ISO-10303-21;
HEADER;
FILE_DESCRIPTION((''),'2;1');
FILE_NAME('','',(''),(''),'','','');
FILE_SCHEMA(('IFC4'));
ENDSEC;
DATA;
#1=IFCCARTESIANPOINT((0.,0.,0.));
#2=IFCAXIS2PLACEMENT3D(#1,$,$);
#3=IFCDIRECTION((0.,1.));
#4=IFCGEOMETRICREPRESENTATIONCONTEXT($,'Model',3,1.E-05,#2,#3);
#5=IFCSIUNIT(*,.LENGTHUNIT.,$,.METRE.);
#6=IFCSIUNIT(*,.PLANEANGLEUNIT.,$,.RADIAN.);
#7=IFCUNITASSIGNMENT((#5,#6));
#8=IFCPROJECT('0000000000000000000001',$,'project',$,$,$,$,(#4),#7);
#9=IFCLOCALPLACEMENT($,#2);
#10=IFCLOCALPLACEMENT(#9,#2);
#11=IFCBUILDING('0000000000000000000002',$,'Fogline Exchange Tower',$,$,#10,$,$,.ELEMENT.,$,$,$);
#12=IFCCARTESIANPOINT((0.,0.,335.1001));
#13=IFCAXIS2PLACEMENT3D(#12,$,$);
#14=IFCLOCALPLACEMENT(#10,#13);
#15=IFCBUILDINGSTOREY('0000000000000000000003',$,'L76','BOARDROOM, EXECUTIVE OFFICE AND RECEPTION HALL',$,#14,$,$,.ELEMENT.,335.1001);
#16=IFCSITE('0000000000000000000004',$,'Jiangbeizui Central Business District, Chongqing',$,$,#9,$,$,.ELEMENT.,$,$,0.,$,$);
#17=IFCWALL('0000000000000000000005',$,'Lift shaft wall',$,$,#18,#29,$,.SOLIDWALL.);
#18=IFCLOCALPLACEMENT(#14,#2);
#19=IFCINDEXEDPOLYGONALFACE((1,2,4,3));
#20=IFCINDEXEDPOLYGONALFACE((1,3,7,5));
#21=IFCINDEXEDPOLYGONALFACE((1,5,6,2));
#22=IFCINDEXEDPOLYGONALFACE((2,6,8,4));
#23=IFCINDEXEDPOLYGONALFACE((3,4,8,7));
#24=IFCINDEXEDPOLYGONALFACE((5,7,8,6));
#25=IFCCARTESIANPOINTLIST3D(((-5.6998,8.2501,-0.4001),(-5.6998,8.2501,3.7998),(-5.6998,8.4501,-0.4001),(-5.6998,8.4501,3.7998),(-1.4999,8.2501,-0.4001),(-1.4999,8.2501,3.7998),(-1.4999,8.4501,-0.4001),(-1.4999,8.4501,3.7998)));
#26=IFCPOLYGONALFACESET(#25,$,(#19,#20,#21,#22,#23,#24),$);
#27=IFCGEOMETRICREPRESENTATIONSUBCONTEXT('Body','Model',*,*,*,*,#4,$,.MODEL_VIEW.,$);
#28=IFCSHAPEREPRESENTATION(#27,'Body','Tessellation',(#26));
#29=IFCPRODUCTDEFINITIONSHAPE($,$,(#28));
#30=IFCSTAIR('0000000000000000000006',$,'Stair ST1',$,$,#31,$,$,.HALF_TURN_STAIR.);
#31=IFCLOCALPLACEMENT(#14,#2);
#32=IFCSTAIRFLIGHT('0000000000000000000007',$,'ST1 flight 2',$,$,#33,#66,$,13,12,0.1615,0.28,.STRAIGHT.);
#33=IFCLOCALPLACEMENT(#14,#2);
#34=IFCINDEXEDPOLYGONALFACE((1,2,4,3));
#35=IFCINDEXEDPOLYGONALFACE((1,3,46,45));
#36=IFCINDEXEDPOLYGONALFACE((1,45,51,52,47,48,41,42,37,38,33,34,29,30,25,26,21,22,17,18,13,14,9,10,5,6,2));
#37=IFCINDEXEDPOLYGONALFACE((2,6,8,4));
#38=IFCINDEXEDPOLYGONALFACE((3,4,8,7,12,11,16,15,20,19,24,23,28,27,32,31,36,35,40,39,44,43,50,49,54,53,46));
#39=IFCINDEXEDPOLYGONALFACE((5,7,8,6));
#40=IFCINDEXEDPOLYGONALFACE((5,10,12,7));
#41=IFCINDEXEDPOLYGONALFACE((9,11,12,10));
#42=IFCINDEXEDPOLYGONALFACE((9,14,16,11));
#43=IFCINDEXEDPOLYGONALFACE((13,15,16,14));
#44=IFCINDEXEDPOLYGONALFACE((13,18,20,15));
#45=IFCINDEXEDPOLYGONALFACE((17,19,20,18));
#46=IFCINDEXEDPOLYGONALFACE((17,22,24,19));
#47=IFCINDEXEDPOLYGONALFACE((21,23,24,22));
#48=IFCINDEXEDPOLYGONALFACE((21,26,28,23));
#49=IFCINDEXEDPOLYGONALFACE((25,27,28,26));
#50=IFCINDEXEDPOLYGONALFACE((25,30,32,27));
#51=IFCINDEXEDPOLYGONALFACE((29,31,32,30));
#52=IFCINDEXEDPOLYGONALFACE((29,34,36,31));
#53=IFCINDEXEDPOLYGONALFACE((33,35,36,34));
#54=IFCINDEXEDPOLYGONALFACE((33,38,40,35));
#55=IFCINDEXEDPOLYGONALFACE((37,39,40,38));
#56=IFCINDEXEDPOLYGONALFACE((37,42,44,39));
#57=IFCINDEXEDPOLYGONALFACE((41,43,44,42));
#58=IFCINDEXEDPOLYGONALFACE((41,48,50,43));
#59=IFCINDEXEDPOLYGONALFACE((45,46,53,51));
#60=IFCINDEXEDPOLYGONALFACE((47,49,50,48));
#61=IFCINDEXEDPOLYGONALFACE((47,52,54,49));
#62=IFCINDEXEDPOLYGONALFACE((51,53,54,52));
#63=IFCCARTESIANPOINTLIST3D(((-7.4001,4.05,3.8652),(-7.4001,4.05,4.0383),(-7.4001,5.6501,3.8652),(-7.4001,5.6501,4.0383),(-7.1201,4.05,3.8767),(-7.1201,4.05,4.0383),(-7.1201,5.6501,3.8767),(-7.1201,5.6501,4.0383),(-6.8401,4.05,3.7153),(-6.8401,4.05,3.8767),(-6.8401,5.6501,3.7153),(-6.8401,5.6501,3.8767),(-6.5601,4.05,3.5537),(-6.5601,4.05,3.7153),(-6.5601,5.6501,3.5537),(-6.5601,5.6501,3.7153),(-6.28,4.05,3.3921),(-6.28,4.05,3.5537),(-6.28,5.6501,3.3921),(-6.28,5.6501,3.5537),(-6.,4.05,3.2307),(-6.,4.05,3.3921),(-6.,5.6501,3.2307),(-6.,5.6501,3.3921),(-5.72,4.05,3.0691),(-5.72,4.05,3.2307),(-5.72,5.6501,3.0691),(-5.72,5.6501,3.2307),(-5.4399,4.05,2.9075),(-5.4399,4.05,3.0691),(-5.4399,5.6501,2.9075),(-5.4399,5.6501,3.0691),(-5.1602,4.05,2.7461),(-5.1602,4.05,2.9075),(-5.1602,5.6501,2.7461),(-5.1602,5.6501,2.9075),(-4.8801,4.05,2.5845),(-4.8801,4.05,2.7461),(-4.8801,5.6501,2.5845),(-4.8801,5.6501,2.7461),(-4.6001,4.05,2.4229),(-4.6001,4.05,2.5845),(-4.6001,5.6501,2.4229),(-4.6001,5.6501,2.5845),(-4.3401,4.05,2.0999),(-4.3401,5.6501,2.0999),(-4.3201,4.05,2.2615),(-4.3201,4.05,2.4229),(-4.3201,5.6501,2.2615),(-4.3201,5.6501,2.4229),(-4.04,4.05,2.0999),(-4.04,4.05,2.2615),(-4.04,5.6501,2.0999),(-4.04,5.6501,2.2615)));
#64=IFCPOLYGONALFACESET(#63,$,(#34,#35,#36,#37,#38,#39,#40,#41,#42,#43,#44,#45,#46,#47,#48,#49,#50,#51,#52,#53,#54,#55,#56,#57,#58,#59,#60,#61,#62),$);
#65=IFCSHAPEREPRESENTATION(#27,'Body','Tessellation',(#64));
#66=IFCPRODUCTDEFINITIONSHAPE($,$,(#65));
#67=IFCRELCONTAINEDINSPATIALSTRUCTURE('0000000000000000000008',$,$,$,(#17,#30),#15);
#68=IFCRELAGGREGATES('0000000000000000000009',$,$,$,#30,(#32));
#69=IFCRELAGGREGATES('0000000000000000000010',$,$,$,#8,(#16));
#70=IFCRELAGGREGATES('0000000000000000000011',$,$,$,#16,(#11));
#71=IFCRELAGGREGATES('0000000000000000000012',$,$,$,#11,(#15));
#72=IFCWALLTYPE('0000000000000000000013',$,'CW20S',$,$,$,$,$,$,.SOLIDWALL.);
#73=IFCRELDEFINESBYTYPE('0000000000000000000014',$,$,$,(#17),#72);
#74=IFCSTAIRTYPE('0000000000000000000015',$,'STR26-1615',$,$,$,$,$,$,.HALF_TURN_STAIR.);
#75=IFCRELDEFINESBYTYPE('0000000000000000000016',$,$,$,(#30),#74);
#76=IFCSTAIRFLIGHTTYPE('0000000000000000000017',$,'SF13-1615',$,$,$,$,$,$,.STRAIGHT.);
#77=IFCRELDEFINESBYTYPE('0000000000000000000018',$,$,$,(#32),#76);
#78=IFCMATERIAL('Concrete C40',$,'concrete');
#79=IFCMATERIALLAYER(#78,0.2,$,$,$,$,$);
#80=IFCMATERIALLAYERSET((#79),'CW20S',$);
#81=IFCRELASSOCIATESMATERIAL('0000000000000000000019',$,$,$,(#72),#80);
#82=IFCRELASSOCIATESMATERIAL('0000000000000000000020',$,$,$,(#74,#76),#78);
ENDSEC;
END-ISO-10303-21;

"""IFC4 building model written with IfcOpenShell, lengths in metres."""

from ifc_helpers import new_model, si_unit, direction, frame, frame_2d, origin, place, context, subcontext, project, spatial, polyline, rectangle, outline, extrude, material, layer, layer_set, type_object, element, aggregate, save


model = new_model("IFC4")

# Units and contexts
model_context = context("Model", 3, precision=1e-05, world=origin(), true_north=direction((0.0, 1.0)))
body_context = subcontext(model_context, "Body", "Model", "MODEL_VIEW")
ifc_project = project(units=[si_unit("LENGTHUNIT", "METRE"), si_unit("PLANEANGLEUNIT", "RADIAN")], contexts=[model_context])

# Site, building, storey
site_placement = place(None, origin())
site = spatial("IfcSite", under=ifc_project, at=site_placement, Name="Jiangbeizui Central Business District, Chongqing", CompositionType="ELEMENT", RefElevation=0.0)
building_placement = place(site_placement, origin())
building = spatial("IfcBuilding", under=site, at=building_placement, Name="Fogline Exchange Tower", CompositionType="ELEMENT")
storey_placement = place(building_placement, frame((0.0, 0.0, 335.1001)))
storey = spatial("IfcBuildingStorey", under=building, at=storey_placement, Name="L76", Description="BOARDROOM, EXECUTIVE OFFICE AND RECEPTION HALL", CompositionType="ELEMENT", Elevation=335.1001)

# Shared definitions
ifc_material_1 = material(Name="Concrete C40", Category="concrete")

# Shared definitions
ifc_layer_1 = layer(ifc_material_1, 0.2)
ifc_layer_set_1 = layer_set([ifc_layer_1], Name="CW20S")
wall_type_1 = type_object("IfcWallType", Name="CW20S", PredefinedType="SOLIDWALL", material=ifc_layer_set_1)

# Wall
wall_1_placement = place(storey_placement, frame((-5.7, 8.3501, -0.4001), z_axis=(0.0, 0.0, 1.0), x_axis=(1.0, 0.0, 0.0)))
element("IfcWall", 1, at=wall_1_placement, inside=storey, type_object=wall_type_1, Name="Lift shaft wall", PredefinedType="SOLIDWALL", context=body_context, shape_type="SweptSolid", body=[
    extrude(rectangle(XDim=4.2, YDim=0.2, at=frame_2d((2.1001, 0.0))), origin(), (0.0, 0.0, 1.0), 4.2),
])

# Stair, stair flight
stair_type = type_object("IfcStairType", Name="STR26-1615", PredefinedType="HALF_TURN_STAIR", material=ifc_material_1)
stair_placement = place(storey_placement, origin())
stair = element("IfcStair", 2, at=stair_placement, inside=storey, type_object=stair_type, Name="Stair ST1", PredefinedType="HALF_TURN_STAIR")
stair_flight_type = type_object("IfcStairFlightType", Name="SF13-1615", PredefinedType="STRAIGHT", material=ifc_material_1)
stair_flight_placement = place(storey_placement, frame((-4.04, 4.8501, 2.0999), z_axis=(0.0, 0.0, 1.0), x_axis=(-1.0, 0.0, 0.0)))
stair_flight = element("IfcStairFlight", 3, at=stair_flight_placement, type_object=stair_flight_type, Name="ST1 flight 2", NumberOfRisers=13, NumberOfTreads=12, PredefinedType="STRAIGHT", RiserHeight=0.1615, TreadLength=0.28, context=body_context, shape_type="SweptSolid", body=[
    extrude(outline(polyline([(0.0, 0.0), (0.0, 0.1616), (0.28, 0.1616), (0.28, 0.323), (0.5601, 0.323), (0.5601, 0.4846), (0.8401, 0.4846), (0.8401, 0.6462), (1.1201, 0.6462), (1.1201, 0.8076), (1.3999, 0.8076), (1.3999, 0.9692), (1.6799, 0.9692), (1.6799, 1.1309), (1.96, 1.1309), (1.96, 1.2922), (2.24, 1.2922), (2.24, 1.4539), (2.52, 1.4539), (2.52, 1.6155), (2.8, 1.6155), (2.8, 1.7769), (3.0801, 1.7769), (3.0801, 1.9385), (3.3601, 1.9385), (3.3601, 2.1001), (3.3601, 1.7654), (0.3, 0.0), (0.0, 0.0)])), frame((0.0, 0.8, 0.0), z_axis=(0.0, -1.0, 0.0), x_axis=(1.0, 0.0, 0.0)), (0.0, 0.0, 1.0), 1.6001),
])
aggregate(stair, [stair_flight])

save(model, "model.ifc")
